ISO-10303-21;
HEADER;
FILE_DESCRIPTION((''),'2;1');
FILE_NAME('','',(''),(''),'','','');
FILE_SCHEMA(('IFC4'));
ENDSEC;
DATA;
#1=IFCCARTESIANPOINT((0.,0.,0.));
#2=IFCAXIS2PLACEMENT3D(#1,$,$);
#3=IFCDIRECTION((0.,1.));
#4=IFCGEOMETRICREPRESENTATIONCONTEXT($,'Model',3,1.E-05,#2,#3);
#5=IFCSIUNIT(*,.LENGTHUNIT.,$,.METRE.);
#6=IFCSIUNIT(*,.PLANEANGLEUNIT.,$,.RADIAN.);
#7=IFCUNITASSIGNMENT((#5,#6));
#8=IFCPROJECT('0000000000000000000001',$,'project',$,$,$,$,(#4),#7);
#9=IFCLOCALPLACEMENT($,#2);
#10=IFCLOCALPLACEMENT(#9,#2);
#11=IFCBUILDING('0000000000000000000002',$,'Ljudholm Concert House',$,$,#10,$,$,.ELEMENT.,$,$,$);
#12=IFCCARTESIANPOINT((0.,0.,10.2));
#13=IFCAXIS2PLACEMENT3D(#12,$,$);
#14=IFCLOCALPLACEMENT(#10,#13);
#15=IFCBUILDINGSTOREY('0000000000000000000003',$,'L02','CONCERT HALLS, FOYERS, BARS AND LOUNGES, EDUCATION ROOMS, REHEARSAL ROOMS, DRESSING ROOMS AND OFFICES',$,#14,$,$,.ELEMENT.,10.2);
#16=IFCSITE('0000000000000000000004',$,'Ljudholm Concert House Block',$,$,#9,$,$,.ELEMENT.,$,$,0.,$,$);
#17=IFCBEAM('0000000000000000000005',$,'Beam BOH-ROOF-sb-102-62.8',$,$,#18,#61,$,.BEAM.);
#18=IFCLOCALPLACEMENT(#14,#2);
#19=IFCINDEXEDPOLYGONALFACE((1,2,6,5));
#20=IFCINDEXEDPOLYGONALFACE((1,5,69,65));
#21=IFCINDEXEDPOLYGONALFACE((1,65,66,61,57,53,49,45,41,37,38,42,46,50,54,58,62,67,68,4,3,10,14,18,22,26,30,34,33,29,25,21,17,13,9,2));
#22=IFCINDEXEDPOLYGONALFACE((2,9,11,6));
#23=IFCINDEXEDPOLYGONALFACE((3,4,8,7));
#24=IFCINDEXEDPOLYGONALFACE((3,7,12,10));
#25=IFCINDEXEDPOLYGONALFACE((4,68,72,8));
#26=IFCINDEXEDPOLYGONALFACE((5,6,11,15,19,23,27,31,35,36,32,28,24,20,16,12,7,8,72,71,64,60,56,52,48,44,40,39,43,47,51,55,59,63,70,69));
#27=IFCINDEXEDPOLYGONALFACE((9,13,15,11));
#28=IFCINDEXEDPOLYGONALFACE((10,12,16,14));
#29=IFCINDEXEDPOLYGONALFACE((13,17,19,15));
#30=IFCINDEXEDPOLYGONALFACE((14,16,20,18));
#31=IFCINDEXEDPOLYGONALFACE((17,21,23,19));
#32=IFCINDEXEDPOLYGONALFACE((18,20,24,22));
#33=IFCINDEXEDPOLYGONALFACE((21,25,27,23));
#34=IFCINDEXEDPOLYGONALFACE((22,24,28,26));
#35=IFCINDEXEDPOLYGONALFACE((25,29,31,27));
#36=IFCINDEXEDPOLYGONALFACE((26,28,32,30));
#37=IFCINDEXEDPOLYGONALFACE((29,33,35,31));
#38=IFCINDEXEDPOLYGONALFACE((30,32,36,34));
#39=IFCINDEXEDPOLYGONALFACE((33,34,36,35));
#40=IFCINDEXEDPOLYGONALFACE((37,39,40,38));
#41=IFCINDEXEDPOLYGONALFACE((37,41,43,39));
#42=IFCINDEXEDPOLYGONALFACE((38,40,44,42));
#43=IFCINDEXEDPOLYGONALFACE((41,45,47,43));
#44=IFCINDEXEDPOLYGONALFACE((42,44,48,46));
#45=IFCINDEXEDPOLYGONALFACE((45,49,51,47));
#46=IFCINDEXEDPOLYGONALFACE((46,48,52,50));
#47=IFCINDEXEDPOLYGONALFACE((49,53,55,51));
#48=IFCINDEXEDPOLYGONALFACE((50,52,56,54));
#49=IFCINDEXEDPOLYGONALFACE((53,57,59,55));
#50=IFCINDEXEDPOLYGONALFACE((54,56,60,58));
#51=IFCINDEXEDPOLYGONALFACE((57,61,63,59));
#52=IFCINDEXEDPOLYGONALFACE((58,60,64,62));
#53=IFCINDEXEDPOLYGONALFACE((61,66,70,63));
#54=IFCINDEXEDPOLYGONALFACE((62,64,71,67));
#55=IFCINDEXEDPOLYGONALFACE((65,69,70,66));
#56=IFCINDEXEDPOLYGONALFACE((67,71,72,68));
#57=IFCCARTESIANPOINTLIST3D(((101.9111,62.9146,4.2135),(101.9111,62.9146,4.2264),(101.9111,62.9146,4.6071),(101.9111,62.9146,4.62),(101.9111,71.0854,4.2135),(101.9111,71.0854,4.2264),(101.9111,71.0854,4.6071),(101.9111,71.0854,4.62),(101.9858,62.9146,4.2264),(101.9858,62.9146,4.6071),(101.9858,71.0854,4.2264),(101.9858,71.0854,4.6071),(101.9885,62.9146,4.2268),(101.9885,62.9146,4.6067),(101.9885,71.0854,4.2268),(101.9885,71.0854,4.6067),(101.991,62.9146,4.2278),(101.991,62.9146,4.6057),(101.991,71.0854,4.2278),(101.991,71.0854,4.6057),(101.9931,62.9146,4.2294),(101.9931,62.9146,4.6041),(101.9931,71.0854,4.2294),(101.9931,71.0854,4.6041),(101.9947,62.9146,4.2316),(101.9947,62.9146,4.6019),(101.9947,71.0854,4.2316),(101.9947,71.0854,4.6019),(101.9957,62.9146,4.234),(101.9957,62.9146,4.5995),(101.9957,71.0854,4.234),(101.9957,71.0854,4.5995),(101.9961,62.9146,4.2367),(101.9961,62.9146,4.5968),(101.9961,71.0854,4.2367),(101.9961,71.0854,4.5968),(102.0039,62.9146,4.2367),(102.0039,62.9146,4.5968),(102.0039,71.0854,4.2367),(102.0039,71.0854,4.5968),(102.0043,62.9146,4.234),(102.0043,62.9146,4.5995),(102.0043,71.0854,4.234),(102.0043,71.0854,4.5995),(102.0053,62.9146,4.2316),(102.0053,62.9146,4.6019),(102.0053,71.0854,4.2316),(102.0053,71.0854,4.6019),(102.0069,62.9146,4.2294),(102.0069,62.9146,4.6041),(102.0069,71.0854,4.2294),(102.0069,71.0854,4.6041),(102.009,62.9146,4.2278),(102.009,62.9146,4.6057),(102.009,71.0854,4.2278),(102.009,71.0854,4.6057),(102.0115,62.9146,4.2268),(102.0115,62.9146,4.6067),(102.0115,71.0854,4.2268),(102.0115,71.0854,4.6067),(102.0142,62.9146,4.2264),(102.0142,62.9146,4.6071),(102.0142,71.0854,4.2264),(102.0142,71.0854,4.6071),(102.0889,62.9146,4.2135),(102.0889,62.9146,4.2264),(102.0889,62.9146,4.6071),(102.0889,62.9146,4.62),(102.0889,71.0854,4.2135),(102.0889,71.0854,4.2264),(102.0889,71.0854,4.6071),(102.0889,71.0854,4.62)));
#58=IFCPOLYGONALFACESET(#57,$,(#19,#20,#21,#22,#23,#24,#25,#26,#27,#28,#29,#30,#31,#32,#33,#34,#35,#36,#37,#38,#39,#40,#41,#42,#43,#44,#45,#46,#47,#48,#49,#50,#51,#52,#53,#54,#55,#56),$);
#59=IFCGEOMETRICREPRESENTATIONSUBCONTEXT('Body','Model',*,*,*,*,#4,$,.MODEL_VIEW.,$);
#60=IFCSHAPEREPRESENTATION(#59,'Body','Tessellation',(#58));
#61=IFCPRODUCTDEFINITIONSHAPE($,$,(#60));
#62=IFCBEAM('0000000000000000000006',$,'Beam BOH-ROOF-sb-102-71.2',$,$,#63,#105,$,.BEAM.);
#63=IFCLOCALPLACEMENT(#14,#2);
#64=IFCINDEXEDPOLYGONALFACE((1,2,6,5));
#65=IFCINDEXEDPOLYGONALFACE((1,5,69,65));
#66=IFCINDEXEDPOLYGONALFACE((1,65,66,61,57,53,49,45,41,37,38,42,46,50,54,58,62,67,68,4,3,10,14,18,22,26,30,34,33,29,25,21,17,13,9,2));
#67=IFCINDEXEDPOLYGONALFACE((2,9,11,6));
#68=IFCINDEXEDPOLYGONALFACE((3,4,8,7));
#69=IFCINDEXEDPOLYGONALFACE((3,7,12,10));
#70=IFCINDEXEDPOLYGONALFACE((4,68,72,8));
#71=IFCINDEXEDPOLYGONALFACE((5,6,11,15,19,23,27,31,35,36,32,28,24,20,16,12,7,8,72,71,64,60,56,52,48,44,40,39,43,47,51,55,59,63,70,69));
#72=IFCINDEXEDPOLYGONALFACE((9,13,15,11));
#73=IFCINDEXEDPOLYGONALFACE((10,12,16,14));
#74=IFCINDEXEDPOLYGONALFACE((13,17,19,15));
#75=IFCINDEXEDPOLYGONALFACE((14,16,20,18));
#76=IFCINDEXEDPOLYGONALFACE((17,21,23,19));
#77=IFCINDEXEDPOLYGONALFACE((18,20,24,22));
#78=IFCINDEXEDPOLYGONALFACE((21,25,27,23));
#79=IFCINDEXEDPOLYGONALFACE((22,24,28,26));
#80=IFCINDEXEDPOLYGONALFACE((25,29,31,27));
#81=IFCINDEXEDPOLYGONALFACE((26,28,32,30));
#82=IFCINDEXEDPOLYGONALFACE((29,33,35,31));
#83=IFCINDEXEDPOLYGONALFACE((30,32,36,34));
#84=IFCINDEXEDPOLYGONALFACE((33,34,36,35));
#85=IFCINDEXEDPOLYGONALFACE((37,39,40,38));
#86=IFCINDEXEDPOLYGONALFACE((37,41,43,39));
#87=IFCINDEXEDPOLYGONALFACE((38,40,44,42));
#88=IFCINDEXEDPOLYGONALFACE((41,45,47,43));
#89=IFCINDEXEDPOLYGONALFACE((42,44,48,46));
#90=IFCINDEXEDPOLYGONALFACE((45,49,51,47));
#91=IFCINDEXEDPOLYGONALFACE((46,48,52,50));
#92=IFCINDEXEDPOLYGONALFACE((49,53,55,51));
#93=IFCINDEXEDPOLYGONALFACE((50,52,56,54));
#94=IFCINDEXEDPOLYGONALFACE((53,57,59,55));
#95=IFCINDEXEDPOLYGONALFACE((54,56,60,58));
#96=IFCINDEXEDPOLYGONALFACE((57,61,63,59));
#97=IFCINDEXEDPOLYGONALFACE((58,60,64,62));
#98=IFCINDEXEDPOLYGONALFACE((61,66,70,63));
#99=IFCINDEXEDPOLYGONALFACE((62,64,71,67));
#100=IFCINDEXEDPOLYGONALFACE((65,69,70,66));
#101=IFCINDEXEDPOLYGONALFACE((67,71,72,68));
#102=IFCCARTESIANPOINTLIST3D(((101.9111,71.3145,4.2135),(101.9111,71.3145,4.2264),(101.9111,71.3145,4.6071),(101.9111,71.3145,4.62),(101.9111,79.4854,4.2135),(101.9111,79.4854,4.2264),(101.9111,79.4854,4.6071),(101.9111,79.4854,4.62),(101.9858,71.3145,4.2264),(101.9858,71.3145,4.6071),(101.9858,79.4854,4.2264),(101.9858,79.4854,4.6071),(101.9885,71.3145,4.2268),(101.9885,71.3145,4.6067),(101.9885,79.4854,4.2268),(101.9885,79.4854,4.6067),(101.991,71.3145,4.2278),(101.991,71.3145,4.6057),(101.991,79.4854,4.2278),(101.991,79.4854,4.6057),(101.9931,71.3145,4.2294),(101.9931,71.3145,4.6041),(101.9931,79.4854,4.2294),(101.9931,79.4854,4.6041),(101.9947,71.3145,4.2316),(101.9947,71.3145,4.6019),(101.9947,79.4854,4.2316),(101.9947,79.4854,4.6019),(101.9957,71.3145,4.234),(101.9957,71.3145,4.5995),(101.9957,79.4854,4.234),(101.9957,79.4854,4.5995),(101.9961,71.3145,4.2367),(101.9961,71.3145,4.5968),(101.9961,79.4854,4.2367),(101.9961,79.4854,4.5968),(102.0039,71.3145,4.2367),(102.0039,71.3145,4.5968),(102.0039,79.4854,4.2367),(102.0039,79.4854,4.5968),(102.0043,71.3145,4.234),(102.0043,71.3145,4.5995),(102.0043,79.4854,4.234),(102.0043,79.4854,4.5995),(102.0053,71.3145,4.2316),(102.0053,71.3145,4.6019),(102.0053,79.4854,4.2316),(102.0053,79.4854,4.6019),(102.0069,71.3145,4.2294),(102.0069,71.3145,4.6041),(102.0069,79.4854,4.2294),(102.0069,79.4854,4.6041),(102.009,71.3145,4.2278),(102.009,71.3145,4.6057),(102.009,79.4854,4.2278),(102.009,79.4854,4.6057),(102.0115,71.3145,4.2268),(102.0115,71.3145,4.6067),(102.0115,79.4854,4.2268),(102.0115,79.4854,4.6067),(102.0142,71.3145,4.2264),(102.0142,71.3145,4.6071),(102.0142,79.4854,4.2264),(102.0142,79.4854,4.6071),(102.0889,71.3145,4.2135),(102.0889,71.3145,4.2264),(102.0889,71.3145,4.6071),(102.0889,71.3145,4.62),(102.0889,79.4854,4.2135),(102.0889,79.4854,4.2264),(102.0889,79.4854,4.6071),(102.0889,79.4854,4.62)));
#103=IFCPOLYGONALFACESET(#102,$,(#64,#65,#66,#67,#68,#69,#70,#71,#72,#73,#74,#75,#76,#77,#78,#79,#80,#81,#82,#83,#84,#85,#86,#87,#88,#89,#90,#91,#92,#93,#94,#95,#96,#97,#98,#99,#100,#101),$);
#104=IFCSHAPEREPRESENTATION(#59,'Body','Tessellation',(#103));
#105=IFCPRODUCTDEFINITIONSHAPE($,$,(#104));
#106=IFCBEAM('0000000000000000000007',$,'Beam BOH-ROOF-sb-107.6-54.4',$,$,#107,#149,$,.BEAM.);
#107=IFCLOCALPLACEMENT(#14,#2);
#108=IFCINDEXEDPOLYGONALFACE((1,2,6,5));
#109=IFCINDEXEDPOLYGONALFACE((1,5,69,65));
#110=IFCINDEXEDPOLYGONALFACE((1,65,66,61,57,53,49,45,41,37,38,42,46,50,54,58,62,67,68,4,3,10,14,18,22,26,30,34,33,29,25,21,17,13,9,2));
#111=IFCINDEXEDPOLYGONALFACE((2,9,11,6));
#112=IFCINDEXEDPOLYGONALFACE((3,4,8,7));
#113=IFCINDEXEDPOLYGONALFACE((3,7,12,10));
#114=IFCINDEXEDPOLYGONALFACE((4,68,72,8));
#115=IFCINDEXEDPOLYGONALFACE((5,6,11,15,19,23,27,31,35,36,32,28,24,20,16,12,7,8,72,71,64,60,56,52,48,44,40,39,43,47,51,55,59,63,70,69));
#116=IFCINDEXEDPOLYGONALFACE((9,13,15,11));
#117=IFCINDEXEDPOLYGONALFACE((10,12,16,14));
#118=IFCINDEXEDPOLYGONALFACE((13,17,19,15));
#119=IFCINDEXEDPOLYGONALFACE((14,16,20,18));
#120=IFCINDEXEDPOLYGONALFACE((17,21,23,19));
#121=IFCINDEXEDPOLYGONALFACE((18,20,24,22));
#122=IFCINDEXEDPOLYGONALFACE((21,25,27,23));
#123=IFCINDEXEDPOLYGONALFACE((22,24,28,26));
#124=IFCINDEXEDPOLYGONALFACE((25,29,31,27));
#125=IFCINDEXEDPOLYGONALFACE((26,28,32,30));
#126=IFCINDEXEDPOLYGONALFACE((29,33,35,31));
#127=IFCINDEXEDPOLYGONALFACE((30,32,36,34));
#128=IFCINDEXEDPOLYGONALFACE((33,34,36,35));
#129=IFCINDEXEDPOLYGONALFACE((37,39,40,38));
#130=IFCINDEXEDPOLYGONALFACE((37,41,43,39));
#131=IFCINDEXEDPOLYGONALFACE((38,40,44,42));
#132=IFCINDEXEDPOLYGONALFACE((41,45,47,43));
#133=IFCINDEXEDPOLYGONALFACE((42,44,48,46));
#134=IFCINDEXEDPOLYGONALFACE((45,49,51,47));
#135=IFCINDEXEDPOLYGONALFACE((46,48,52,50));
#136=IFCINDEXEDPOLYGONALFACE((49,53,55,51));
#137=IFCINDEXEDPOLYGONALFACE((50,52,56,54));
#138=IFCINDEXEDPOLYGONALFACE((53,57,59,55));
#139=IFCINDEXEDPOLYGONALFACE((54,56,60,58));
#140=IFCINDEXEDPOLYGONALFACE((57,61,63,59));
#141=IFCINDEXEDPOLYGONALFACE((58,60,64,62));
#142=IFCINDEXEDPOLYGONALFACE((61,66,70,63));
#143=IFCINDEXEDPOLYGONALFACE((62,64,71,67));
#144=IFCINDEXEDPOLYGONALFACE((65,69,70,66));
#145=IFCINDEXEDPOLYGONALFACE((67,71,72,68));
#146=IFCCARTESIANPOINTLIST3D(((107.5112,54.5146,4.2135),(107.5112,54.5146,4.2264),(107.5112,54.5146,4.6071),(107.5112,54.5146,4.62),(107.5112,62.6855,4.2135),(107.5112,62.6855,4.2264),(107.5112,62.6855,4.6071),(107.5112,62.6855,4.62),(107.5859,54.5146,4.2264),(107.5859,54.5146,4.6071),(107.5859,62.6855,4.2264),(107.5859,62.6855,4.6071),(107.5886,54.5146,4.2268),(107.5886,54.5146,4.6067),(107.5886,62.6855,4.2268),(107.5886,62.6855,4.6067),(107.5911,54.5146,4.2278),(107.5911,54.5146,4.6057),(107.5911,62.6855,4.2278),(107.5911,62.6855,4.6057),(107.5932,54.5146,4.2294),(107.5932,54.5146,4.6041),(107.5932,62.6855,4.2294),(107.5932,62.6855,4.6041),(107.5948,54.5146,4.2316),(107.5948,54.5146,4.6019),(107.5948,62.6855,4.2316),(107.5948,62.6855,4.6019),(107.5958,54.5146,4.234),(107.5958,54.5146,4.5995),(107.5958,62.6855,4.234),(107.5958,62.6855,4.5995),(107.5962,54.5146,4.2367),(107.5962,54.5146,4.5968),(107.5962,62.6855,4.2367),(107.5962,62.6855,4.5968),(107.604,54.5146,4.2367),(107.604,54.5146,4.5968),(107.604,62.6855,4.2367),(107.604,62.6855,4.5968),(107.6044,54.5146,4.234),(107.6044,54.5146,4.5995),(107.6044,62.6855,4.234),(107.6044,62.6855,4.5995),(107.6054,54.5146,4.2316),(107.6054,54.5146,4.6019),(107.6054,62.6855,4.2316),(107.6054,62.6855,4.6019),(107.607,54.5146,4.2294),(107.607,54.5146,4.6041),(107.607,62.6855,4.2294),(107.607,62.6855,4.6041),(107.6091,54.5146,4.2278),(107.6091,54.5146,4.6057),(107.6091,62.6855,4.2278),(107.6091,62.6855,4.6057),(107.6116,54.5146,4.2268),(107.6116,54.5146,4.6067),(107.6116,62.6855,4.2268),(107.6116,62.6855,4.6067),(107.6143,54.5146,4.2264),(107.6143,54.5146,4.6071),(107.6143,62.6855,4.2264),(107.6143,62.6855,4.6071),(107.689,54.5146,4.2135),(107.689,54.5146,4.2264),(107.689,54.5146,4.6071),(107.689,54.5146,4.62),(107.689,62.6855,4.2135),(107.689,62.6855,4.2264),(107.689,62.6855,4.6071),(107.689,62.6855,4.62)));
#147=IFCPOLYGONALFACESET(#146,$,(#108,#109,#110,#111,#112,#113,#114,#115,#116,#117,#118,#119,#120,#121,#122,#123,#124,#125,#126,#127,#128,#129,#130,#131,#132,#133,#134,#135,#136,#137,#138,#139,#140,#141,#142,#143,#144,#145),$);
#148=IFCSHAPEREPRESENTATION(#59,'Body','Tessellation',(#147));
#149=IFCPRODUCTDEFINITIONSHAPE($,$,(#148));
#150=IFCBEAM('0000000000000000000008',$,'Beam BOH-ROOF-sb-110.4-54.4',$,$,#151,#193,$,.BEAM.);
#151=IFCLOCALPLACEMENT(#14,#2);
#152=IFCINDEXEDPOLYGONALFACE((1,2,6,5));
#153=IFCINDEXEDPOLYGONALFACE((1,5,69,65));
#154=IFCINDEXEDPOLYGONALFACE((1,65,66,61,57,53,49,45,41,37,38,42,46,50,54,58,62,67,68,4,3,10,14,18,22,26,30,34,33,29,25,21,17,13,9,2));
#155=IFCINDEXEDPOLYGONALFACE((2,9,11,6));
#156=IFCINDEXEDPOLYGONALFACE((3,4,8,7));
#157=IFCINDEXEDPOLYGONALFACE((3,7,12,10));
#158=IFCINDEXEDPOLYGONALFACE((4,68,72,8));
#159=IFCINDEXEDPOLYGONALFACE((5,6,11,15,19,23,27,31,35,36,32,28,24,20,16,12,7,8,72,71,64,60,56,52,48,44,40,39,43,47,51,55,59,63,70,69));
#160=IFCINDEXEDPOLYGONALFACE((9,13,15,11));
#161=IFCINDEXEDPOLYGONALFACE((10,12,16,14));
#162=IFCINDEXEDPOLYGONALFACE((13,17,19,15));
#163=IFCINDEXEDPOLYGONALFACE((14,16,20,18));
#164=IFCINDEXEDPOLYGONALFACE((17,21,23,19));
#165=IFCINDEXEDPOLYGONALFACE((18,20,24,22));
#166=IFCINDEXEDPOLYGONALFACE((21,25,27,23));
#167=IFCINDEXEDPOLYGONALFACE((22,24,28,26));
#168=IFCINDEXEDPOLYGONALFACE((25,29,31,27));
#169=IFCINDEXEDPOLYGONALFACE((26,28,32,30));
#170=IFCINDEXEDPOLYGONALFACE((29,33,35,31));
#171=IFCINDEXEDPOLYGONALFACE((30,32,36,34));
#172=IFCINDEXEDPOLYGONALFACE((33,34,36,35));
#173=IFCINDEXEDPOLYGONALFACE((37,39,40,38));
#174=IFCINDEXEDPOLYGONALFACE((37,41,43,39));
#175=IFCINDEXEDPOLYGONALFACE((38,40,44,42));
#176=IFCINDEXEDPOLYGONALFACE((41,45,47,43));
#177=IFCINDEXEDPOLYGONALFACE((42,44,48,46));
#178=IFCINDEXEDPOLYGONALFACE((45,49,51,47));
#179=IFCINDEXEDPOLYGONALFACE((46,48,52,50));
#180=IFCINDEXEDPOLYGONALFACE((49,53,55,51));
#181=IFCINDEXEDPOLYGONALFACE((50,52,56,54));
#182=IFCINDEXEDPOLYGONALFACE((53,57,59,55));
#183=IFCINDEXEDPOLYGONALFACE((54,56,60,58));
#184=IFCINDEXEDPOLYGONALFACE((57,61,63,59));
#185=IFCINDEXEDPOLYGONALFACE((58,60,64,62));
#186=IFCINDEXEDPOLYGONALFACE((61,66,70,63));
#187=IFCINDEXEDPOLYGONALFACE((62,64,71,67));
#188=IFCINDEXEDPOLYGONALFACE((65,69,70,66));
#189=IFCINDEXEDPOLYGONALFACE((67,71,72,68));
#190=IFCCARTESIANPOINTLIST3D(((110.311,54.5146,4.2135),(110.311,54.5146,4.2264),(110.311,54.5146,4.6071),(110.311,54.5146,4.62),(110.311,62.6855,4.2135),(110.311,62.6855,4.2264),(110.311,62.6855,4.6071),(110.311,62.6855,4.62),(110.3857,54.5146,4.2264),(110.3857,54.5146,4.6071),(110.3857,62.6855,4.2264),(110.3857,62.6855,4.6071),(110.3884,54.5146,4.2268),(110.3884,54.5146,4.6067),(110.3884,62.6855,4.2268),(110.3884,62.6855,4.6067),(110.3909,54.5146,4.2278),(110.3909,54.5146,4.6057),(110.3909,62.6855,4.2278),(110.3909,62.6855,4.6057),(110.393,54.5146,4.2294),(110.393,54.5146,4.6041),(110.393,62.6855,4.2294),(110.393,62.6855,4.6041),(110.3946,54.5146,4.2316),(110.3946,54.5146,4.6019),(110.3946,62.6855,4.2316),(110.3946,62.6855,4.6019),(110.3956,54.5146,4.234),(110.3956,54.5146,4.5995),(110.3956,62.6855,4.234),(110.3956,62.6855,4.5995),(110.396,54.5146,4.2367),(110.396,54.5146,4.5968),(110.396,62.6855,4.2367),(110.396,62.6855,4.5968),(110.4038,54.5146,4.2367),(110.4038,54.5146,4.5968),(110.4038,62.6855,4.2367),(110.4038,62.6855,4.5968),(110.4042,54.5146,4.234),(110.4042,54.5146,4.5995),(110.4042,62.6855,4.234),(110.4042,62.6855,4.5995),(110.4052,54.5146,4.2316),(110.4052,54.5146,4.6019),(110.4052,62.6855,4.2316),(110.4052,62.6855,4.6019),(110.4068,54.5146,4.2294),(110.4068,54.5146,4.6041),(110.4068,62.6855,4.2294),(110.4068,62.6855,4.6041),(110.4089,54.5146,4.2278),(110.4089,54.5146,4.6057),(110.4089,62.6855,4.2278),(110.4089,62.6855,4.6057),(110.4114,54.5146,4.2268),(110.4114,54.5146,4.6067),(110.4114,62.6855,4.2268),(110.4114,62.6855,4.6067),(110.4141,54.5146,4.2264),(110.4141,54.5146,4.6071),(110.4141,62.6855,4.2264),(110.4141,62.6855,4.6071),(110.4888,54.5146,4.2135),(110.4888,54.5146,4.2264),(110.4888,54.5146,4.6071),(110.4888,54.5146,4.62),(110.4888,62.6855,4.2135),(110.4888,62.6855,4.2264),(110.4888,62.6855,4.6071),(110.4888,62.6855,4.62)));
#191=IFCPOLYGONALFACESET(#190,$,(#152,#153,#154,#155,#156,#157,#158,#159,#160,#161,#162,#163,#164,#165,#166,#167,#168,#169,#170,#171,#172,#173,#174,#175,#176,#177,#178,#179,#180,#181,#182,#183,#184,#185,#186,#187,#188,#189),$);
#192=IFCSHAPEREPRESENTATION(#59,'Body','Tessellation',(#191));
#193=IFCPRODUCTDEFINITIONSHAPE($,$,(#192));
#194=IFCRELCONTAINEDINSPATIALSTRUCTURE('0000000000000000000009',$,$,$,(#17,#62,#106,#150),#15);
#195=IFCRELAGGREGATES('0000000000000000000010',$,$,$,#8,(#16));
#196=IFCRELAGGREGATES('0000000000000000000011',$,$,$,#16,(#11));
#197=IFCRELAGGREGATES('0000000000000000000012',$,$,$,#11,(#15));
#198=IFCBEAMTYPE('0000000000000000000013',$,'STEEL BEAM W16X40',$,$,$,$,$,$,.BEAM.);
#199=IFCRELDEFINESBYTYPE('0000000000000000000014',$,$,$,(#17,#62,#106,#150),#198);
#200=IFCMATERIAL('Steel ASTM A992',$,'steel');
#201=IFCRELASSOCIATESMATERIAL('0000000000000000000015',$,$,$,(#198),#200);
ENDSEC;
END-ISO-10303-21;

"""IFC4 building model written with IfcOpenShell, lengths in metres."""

from ifc_helpers import new_model, si_unit, direction, frame, origin, origin_2d, place, context, subcontext, project, spatial, i_section, extrude, material, material_profile, profile_set, type_object, element, save


model = new_model("IFC4")

# Units and contexts
model_context = context("Model", 3, precision=1e-05, world=origin(), true_north=direction((0.0, 1.0)))
body_context = subcontext(model_context, "Body", "Model", "MODEL_VIEW")
ifc_project = project(units=[si_unit("LENGTHUNIT", "METRE"), si_unit("PLANEANGLEUNIT", "RADIAN")], contexts=[model_context])

# Site, building, storey
site_placement = place(None, origin())
site = spatial("IfcSite", under=ifc_project, at=site_placement, Name="Ljudholm Concert House Block", CompositionType="ELEMENT", RefElevation=0.0)
building_placement = place(site_placement, origin())
building = spatial("IfcBuilding", under=site, at=building_placement, Name="Ljudholm Concert House", CompositionType="ELEMENT")
storey_placement = place(building_placement, frame((0.0, 0.0, 10.2)))
storey = spatial("IfcBuildingStorey", under=building, at=storey_placement, Name="L02", Description="CONCERT HALLS, FOYERS, BARS AND LOUNGES, EDUCATION ROOMS, REHEARSAL ROOMS, DRESSING ROOMS AND OFFICES", CompositionType="ELEMENT", Elevation=10.2)

# Beams
ifc_material_1 = material(Name="Steel ASTM A992", Category="steel")
ifc_material_profile_1 = material_profile(ifc_material_1, i_section(OverallWidth=0.1777, OverallDepth=0.4065, WebThickness=0.0078, FlangeThickness=0.0129, FilletRadius=0.0103, at=origin_2d()), Name="W16X40")
ifc_profile_set_1 = profile_set([ifc_material_profile_1], Name="Steel ASTM A992")
beam_type_1 = type_object("IfcBeamType", Name="STEEL BEAM W16X40", PredefinedType="BEAM", material=ifc_profile_set_1)
for number, where, z_axis, x_axis, name in (
    (1, (102.0, 62.9146, 4.4167), (0.0, 1.0, 0.0), (-1.0, 0.0, 0.0), "Beam BOH-ROOF-sb-102-62.8"),
    (2, (102.0, 71.3145, 4.4167), (0.0, 1.0, 0.0), (-1.0, 0.0, 0.0), "Beam BOH-ROOF-sb-102-71.2"),
    (3, (107.6001, 54.5146, 4.4167), (0.0, 1.0, 0.0), (-1.0, 0.0, 0.0), "Beam BOH-ROOF-sb-107.6-54.4"),
    (4, (110.3999, 54.5146, 4.4167), (0.0, 1.0, 0.0), (-1.0, 0.0, 0.0), "Beam BOH-ROOF-sb-110.4-54.4"),
):
    element("IfcBeam", number, at=place(storey_placement, frame(where, z_axis=z_axis, x_axis=x_axis)), inside=storey, type_object=beam_type_1, Name=name, PredefinedType="BEAM", context=body_context, shape_type="SweptSolid", body=[
        extrude(i_section(OverallWidth=0.1777, OverallDepth=0.4065, WebThickness=0.0078, FlangeThickness=0.0129, FilletRadius=0.0103, at=origin_2d()), origin(), (0.0, 0.0, 1.0), 8.1709),
    ])

save(model, "model.ifc")
